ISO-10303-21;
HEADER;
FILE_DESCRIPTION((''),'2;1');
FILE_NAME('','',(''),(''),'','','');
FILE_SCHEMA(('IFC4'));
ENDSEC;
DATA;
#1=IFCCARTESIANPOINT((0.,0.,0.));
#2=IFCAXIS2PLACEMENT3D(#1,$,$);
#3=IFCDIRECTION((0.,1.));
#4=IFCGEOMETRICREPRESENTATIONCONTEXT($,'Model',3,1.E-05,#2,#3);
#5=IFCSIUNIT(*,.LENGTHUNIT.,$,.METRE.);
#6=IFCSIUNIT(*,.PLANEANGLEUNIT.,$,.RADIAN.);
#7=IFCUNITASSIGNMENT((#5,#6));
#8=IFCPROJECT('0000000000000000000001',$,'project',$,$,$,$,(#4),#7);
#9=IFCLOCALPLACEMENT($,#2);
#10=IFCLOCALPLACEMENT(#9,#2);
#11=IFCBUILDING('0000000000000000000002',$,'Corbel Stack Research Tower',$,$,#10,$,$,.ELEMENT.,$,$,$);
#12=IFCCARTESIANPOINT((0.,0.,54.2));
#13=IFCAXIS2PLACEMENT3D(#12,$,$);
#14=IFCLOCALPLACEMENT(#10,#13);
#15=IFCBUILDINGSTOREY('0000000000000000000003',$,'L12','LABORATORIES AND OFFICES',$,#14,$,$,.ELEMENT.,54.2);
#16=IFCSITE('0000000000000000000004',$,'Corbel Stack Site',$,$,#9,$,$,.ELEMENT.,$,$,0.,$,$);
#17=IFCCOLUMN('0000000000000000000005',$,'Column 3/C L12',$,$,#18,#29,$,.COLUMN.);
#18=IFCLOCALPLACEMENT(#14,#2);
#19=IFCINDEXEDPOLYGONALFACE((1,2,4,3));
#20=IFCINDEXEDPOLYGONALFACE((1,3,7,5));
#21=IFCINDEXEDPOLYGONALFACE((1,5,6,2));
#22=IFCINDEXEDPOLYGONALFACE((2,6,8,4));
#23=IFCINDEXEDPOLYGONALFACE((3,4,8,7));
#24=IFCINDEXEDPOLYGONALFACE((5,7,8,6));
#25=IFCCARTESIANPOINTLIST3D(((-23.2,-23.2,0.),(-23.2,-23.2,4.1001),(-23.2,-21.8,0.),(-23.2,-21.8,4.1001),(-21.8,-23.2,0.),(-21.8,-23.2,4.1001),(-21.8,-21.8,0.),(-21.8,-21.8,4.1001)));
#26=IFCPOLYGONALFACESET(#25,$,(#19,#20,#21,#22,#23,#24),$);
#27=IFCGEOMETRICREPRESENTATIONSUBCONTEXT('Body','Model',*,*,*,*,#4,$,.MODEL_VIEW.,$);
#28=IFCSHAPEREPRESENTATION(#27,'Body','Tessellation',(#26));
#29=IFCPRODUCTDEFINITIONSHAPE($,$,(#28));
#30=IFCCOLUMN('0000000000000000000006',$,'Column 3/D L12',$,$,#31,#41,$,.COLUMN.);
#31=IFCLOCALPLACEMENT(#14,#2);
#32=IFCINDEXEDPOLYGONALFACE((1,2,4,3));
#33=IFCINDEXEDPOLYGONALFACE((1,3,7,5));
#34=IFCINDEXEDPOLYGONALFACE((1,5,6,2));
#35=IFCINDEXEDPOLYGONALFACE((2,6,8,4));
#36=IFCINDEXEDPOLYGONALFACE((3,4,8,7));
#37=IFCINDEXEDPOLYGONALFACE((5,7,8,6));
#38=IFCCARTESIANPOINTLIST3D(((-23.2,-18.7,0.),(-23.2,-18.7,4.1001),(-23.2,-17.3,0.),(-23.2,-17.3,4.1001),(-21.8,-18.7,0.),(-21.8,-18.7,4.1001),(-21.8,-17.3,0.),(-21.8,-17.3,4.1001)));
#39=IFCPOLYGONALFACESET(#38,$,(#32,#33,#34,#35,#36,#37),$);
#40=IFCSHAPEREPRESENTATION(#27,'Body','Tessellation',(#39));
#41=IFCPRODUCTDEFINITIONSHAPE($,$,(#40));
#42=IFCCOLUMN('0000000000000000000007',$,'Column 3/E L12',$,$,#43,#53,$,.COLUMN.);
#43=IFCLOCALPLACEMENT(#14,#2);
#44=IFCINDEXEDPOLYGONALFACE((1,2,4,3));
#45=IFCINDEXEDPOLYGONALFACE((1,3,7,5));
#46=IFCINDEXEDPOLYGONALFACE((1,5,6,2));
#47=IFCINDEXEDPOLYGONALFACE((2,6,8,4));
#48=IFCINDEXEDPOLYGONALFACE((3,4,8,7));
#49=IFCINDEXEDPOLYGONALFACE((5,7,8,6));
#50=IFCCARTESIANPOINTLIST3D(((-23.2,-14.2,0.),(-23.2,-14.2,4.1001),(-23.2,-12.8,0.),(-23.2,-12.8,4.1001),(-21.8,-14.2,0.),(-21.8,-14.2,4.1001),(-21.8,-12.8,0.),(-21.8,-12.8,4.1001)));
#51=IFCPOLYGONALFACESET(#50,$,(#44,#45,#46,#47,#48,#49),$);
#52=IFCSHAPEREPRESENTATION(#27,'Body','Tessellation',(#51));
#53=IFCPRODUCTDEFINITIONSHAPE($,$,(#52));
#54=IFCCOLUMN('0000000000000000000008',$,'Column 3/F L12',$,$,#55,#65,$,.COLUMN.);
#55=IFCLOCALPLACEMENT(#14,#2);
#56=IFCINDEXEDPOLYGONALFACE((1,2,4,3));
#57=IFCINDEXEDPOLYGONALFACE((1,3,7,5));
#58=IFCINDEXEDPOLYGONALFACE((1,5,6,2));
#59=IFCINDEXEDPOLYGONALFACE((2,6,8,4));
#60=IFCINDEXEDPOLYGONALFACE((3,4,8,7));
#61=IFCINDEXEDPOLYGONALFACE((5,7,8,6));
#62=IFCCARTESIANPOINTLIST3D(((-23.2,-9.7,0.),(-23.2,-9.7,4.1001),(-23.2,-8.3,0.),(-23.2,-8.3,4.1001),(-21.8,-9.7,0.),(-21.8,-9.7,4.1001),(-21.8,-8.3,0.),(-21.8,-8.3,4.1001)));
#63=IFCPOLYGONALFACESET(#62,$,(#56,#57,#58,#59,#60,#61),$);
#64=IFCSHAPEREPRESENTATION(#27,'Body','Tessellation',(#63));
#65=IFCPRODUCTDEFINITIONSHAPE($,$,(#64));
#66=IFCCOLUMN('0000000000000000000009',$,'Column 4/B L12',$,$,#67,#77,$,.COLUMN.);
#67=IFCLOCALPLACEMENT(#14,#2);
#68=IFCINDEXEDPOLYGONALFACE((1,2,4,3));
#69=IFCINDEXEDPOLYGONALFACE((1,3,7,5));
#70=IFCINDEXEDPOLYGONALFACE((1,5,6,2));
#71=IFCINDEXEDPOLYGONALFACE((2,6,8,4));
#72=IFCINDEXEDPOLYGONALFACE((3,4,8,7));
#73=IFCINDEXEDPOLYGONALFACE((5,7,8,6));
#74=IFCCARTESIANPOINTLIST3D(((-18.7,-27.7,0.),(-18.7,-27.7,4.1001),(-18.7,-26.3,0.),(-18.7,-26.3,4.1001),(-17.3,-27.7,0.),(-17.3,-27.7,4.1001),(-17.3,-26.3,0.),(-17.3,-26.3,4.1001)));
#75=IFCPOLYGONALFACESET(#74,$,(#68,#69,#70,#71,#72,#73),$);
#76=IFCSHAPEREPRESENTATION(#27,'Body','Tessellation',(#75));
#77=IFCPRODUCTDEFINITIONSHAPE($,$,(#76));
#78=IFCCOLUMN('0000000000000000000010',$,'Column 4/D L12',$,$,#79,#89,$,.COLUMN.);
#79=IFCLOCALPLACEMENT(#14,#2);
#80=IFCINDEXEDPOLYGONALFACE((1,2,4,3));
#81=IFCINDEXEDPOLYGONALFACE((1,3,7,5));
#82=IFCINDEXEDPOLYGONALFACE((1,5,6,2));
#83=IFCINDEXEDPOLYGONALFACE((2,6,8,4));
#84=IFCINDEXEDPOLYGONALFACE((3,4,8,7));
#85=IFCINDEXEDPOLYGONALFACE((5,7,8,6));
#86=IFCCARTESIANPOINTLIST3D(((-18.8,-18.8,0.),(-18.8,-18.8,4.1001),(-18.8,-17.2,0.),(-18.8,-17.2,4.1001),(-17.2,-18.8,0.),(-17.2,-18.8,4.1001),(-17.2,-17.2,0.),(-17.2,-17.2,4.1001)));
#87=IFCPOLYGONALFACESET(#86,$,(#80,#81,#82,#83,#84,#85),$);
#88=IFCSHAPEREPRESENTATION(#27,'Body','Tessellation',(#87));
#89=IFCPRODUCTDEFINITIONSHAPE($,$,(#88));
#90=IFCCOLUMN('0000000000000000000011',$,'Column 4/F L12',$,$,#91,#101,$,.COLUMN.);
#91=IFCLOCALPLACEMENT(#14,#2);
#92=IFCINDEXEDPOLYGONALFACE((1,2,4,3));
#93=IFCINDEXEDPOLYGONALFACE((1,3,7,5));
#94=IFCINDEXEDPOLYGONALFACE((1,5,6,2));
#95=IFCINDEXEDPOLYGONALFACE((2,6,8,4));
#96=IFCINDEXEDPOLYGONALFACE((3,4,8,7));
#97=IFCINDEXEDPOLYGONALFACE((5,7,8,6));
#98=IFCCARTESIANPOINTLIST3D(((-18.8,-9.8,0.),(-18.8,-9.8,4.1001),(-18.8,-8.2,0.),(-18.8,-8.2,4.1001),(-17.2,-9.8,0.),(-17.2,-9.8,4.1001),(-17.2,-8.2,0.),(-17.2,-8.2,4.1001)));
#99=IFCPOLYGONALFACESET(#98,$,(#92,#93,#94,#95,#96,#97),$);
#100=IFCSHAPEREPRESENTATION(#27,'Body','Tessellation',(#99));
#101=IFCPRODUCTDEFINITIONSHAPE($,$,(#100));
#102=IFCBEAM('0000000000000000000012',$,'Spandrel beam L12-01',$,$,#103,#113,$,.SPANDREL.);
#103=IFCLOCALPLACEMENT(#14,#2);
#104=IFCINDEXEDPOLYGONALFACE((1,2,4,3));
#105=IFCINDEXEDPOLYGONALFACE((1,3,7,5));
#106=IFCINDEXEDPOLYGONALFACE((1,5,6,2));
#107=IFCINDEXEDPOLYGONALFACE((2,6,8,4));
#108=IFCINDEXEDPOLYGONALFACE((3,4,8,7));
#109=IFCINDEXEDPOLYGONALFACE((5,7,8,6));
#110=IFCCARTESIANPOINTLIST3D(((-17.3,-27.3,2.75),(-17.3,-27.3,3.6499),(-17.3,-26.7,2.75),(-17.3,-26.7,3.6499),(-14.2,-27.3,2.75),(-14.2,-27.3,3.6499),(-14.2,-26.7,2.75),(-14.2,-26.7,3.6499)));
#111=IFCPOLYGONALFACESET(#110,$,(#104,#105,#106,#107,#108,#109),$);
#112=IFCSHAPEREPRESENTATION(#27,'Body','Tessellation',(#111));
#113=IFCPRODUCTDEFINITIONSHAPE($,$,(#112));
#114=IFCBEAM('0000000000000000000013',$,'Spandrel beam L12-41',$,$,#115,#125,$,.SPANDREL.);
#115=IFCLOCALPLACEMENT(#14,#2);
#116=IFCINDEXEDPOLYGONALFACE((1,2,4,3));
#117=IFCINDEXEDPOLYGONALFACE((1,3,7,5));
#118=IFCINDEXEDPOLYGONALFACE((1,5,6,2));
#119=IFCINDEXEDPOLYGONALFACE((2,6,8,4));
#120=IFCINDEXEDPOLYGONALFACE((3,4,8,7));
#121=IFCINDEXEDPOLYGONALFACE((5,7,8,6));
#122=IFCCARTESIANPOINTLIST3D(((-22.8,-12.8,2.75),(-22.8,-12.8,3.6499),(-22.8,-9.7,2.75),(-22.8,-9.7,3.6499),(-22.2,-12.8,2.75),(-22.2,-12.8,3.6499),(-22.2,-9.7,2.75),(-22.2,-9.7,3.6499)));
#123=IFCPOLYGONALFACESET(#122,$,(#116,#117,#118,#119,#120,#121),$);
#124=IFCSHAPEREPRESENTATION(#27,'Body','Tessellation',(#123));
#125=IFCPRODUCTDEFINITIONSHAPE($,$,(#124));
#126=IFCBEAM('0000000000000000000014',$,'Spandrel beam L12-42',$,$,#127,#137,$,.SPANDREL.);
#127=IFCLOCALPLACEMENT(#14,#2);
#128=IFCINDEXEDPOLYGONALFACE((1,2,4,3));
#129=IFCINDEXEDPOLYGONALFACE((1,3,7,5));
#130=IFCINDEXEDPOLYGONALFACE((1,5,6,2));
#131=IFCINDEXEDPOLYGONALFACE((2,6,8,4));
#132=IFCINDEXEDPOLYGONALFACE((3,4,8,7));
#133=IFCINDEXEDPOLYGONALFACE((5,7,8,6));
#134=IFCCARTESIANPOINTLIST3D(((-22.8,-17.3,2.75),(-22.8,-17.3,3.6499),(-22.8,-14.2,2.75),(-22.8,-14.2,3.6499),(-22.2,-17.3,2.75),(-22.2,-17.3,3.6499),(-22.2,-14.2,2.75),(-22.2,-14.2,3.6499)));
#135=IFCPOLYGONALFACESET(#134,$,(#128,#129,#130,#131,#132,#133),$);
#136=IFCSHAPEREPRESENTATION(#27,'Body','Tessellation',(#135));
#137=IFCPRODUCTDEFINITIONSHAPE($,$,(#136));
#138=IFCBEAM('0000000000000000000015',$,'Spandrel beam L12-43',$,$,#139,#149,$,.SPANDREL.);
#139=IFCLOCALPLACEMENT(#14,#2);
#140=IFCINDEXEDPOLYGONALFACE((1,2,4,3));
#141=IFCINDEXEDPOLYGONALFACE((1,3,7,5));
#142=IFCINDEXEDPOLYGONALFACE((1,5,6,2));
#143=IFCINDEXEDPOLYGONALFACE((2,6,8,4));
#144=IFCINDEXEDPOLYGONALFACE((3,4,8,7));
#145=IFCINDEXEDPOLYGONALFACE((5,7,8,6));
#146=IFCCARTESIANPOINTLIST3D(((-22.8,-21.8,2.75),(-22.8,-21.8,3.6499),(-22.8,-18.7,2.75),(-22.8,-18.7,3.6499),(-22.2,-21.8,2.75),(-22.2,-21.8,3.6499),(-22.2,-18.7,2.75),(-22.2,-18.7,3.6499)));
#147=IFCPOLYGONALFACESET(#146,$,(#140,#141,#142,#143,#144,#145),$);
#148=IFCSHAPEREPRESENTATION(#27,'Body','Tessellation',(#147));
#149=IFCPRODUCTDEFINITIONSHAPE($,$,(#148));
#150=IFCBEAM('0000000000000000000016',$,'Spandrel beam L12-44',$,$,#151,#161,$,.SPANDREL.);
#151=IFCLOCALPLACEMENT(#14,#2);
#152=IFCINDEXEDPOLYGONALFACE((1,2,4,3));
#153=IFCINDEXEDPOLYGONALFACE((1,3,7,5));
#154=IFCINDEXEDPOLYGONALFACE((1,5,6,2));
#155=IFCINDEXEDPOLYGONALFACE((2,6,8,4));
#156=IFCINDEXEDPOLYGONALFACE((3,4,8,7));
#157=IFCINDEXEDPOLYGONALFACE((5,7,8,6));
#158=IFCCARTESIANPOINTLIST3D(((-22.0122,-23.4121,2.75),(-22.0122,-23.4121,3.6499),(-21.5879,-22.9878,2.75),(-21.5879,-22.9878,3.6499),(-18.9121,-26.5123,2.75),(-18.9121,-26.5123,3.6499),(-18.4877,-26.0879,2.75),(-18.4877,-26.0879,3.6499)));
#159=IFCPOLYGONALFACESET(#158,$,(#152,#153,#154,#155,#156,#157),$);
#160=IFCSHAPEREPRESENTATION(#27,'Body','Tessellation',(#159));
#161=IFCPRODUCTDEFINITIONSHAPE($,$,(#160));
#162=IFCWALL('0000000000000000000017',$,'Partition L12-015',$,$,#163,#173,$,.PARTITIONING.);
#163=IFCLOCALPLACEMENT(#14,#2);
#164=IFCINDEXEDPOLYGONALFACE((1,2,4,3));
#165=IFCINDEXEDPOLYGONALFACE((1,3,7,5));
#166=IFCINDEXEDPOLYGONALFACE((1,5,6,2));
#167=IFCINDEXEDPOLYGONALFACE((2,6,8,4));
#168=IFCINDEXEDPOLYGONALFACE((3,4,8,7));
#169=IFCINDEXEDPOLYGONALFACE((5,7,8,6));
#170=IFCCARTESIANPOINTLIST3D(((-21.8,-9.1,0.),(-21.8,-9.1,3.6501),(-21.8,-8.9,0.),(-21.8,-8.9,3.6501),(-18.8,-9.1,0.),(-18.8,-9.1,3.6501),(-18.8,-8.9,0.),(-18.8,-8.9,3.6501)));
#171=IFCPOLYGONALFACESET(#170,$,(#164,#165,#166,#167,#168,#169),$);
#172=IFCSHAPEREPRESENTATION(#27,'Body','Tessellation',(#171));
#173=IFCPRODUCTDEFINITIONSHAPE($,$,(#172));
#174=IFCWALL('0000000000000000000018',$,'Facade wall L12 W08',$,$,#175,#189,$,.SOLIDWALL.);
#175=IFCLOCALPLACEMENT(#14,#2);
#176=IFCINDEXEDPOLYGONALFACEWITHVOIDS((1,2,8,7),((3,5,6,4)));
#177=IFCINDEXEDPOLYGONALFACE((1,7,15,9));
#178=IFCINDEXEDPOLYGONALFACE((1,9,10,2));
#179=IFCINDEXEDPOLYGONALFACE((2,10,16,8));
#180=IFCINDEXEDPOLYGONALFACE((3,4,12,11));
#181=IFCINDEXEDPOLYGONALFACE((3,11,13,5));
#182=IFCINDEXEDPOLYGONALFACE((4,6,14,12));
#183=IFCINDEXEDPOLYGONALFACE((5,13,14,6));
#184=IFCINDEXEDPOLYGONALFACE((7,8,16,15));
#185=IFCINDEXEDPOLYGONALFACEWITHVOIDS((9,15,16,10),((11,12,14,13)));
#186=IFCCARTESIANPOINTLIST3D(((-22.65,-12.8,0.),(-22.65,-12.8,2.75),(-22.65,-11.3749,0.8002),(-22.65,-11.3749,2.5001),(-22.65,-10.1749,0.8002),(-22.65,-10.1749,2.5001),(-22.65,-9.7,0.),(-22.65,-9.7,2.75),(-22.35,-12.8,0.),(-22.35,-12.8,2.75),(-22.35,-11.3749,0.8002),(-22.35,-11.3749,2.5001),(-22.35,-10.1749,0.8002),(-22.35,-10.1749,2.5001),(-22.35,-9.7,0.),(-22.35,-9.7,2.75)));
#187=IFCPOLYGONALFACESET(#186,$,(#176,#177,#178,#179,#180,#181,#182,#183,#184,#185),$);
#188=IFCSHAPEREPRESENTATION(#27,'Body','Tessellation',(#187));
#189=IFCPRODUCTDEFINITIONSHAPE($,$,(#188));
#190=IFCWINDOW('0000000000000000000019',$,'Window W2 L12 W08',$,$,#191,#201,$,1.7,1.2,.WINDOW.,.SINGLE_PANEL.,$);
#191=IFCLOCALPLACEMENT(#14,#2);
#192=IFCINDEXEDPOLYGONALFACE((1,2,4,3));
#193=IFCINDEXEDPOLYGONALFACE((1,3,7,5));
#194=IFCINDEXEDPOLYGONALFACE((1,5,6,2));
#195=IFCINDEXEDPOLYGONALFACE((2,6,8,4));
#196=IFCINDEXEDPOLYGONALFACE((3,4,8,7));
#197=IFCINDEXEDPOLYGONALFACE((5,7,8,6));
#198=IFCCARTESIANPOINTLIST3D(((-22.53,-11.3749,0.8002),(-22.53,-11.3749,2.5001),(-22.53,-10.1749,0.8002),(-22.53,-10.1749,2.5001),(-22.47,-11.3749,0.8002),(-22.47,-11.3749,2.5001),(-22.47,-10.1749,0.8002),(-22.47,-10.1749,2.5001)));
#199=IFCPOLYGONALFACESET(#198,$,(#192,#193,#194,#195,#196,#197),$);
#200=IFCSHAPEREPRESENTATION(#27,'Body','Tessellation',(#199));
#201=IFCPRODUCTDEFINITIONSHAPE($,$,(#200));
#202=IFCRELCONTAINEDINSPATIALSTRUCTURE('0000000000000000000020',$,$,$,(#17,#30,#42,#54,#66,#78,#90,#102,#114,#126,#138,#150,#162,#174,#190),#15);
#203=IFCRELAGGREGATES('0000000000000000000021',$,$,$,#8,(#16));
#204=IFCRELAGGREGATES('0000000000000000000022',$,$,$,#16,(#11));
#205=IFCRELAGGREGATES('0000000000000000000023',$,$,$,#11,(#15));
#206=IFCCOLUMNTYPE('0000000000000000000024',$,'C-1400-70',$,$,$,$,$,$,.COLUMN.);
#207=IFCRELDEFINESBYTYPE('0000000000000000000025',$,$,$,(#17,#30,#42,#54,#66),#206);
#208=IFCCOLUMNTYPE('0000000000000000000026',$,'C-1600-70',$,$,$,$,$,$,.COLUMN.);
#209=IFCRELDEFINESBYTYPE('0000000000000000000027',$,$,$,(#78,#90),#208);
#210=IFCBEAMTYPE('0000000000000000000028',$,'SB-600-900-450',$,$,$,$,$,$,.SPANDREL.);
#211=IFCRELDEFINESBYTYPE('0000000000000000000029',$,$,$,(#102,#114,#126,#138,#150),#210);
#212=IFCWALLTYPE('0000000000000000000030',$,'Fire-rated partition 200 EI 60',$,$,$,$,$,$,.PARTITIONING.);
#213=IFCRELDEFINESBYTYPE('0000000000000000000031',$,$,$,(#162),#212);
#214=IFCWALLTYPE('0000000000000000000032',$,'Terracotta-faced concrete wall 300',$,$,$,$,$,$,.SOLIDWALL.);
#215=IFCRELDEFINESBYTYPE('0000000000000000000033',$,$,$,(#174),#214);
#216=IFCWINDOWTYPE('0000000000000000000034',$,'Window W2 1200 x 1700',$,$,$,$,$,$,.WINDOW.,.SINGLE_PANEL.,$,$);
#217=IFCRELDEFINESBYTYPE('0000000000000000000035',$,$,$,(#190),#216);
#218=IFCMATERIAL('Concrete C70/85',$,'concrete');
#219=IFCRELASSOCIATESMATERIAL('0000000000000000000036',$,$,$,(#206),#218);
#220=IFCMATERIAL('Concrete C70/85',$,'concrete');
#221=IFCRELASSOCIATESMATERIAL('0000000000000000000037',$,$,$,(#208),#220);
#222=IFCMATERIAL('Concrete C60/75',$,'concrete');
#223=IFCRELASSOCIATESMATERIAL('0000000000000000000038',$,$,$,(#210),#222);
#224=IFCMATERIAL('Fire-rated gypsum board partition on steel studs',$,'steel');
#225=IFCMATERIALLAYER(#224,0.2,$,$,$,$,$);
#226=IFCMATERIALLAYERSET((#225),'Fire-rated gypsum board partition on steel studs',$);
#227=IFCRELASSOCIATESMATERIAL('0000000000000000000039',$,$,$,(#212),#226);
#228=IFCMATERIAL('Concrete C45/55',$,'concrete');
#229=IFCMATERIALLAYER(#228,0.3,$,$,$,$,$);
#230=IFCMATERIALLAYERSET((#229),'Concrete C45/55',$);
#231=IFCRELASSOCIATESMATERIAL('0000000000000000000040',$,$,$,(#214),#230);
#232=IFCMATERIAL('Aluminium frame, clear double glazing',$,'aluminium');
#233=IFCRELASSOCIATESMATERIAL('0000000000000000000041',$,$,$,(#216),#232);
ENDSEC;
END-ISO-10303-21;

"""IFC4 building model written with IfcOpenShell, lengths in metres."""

from ifc_helpers import new_model, si_unit, direction, frame, frame_2d, origin, origin_2d, place, context, subcontext, project, spatial, rectangle, extrude, material, layer, layer_set, material_profile, profile_set, type_object, element, fill, save


model = new_model("IFC4")

# Units and contexts
model_context = context("Model", 3, precision=1e-05, world=origin(), true_north=direction((0.0, 1.0)))
body_context = subcontext(model_context, "Body", "Model", "MODEL_VIEW")
ifc_project = project(units=[si_unit("LENGTHUNIT", "METRE"), si_unit("PLANEANGLEUNIT", "RADIAN")], contexts=[model_context])

# Site, building, storey
site_placement = place(None, origin())
site = spatial("IfcSite", under=ifc_project, at=site_placement, Name="Corbel Stack Site", CompositionType="ELEMENT", RefElevation=0.0)
building_placement = place(site_placement, origin())
building = spatial("IfcBuilding", under=site, at=building_placement, Name="Corbel Stack Research Tower", CompositionType="ELEMENT")
storey_placement = place(building_placement, frame((0.0, 0.0, 54.2)))
storey = spatial("IfcBuildingStorey", under=building, at=storey_placement, Name="L12", Description="LABORATORIES AND OFFICES", CompositionType="ELEMENT", Elevation=54.2)

# Columns
ifc_material_1 = material(Name="Concrete C70/85", Category="concrete")
ifc_material_profile_1 = material_profile(ifc_material_1, rectangle(XDim=1.3999, YDim=1.3999, at=origin_2d()), Name="RC 1400 x 1400")
ifc_profile_set_1 = profile_set([ifc_material_profile_1], Name="Concrete C70/85")
column_type_1 = type_object("IfcColumnType", Name="C-1400-70", PredefinedType="COLUMN", material=ifc_profile_set_1)
for number, where, z_axis, x_axis, name in (
    (1, (-22.5, -22.5, 0.0), (0.0, 0.0, 1.0), (1.0, 0.0, 0.0), "Column 3/C L12"),
    (2, (-22.5, -18.0, 0.0), (0.0, 0.0, 1.0), (1.0, 0.0, 0.0), "Column 3/D L12"),
    (3, (-22.5, -13.5, 0.0), (0.0, 0.0, 1.0), (1.0, 0.0, 0.0), "Column 3/E L12"),
    (4, (-22.5, -9.0, 0.0), (0.0, 0.0, 1.0), (1.0, 0.0, 0.0), "Column 3/F L12"),
    (5, (-18.0, -27.0, 0.0), (0.0, 0.0, 1.0), (1.0, 0.0, 0.0), "Column 4/B L12"),
):
    element("IfcColumn", number, at=place(storey_placement, frame(where, z_axis=z_axis, x_axis=x_axis)), inside=storey, type_object=column_type_1, Name=name, PredefinedType="COLUMN", context=body_context, shape_type="SweptSolid", body=[
        extrude(rectangle(XDim=1.3999, YDim=1.3999, at=origin_2d()), origin(), (0.0, 0.0, 1.0), 4.1001),
    ])
ifc_material_2 = material(Name="Concrete C70/85", Category="concrete")
ifc_material_profile_2 = material_profile(ifc_material_2, rectangle(XDim=1.6001, YDim=1.6001, at=origin_2d()), Name="RC 1600 x 1600")
ifc_profile_set_2 = profile_set([ifc_material_profile_2], Name="Concrete C70/85")
column_type_2 = type_object("IfcColumnType", Name="C-1600-70", PredefinedType="COLUMN", material=ifc_profile_set_2)
for number, where, z_axis, x_axis, name in (
    (6, (-18.0, -18.0, 0.0), (0.0, 0.0, 1.0), (1.0, 0.0, 0.0), "Column 4/D L12"),
    (7, (-18.0, -9.0, 0.0), (0.0, 0.0, 1.0), (1.0, 0.0, 0.0), "Column 4/F L12"),
):
    element("IfcColumn", number, at=place(storey_placement, frame(where, z_axis=z_axis, x_axis=x_axis)), inside=storey, type_object=column_type_2, Name=name, PredefinedType="COLUMN", context=body_context, shape_type="SweptSolid", body=[
        extrude(rectangle(XDim=1.6001, YDim=1.6001, at=origin_2d()), origin(), (0.0, 0.0, 1.0), 4.1001),
    ])

# Beams
ifc_material_3 = material(Name="Concrete C60/75", Category="concrete")
ifc_material_profile_3 = material_profile(ifc_material_3, rectangle(XDim=0.6001, YDim=0.8999, at=origin_2d()), Name="RC 600 x 900")
ifc_profile_set_3 = profile_set([ifc_material_profile_3], Name="Concrete C60/75")
beam_type = type_object("IfcBeamType", Name="SB-600-900-450", PredefinedType="SPANDREL", material=ifc_profile_set_3)
for number, where, z_axis, x_axis, name in (
    (8, (-17.3, -27.0, 3.2), (1.0, 0.0, 0.0), (0.0, 1.0, 0.0), "Spandrel beam L12-01"),
    (9, (-22.5, -9.7, 3.2), (0.0, -1.0, 0.0), (1.0, 0.0, 0.0), "Spandrel beam L12-41"),
    (10, (-22.5, -14.2, 3.2), (0.0, -1.0, 0.0), (1.0, 0.0, 0.0), "Spandrel beam L12-42"),
    (11, (-22.5, -18.7, 3.2), (0.0, -1.0, 0.0), (1.0, 0.0, 0.0), "Spandrel beam L12-43"),
):
    element("IfcBeam", number, at=place(storey_placement, frame(where, z_axis=z_axis, x_axis=x_axis)), inside=storey, type_object=beam_type, Name=name, PredefinedType="SPANDREL", context=body_context, shape_type="SweptSolid", body=[
        extrude(rectangle(XDim=0.6001, YDim=0.8999, at=origin_2d()), origin(), (0.0, 0.0, 1.0), 3.1001),
    ])
beam_placement = place(storey_placement, frame((-21.8, -23.2, 3.2), z_axis=(0.707107, -0.707107, 0.0), x_axis=(0.707107, 0.707107, 0.0)))
element("IfcBeam", 12, at=beam_placement, inside=storey, type_object=beam_type, Name="Spandrel beam L12-44", PredefinedType="SPANDREL", context=body_context, shape_type="SweptSolid", body=[
    extrude(rectangle(XDim=0.6001, YDim=0.8999, at=origin_2d()), origin(), (0.0, 0.0, 1.0), 4.3843),
])

# Wall
ifc_material_4 = material(Name="Fire-rated gypsum board partition on steel studs", Category="steel")
ifc_layer_1 = layer(ifc_material_4, 0.2)
ifc_layer_set_1 = layer_set([ifc_layer_1], Name="Fire-rated gypsum board partition on steel studs")
wall_type_1 = type_object("IfcWallType", Name="Fire-rated partition 200 EI 60", PredefinedType="PARTITIONING", material=ifc_layer_set_1)
wall_1_placement = place(storey_placement, frame((-21.8, -9.0, 0.0), z_axis=(0.0, 0.0, 1.0), x_axis=(1.0, 0.0, 0.0)))
element("IfcWall", 13, at=wall_1_placement, inside=storey, type_object=wall_type_1, Name="Partition L12-015", PredefinedType="PARTITIONING", context=body_context, shape_type="SweptSolid", body=[
    extrude(rectangle(XDim=3.0, YDim=0.2, at=frame_2d((1.5, 0.0))), origin(), (0.0, 0.0, 1.0), 3.6501),
])

# Wall, opening, window
ifc_material_5 = material(Name="Concrete C45/55", Category="concrete")
ifc_layer_2 = layer(ifc_material_5, 0.3)
ifc_layer_set_2 = layer_set([ifc_layer_2], Name="Concrete C45/55")
wall_type_2 = type_object("IfcWallType", Name="Terracotta-faced concrete wall 300", PredefinedType="SOLIDWALL", material=ifc_layer_set_2)
wall_2_placement = place(storey_placement, frame((-22.5, -12.8, 0.0), z_axis=(0.0, 0.0, 1.0), x_axis=(0.0, 1.0, 0.0)))
wall_2 = element("IfcWall", 14, at=wall_2_placement, inside=storey, type_object=wall_type_2, Name="Facade wall L12 W08", PredefinedType="SOLIDWALL", context=body_context, shape_type="SweptSolid", body=[
    extrude(rectangle(XDim=3.1001, YDim=0.3, at=frame_2d((1.55, 0.0))), origin(), (0.0, 0.0, 1.0), 2.75),
])
opening_1_placement = place(wall_2_placement, frame((1.425, 0.0, 0.8)))
opening_1 = element("IfcOpeningElement", 15, at=opening_1_placement, cuts=wall_2, PredefinedType="OPENING", context=body_context, shape_type="SweptSolid", body=[
    extrude(rectangle(XDim=1.2, YDim=1.7, at=frame_2d((0.6001, 0.8501))), frame((0.0, 0.1599, 0.0), z_axis=(0.0, -1.0, 0.0), x_axis=(1.0, 0.0, 0.0)), (0.0, 0.0, 1.0), 0.3201),
])
ifc_material_6 = material(Name="Aluminium frame, clear double glazing", Category="aluminium")
window_type = type_object("IfcWindowType", Name="Window W2 1200 x 1700", PartitioningType="SINGLE_PANEL", PredefinedType="WINDOW", material=ifc_material_6)
window_1_placement = place(opening_1_placement, origin())
window_1 = element("IfcWindow", 16, at=window_1_placement, inside=storey, type_object=window_type, Name="Window W2 L12 W08", OverallHeight=1.7, OverallWidth=1.2, PartitioningType="SINGLE_PANEL", PredefinedType="WINDOW", context=body_context, shape_type="SweptSolid", body=[
    extrude(rectangle(XDim=1.2, YDim=1.7, at=frame_2d((0.6001, 0.8501))), frame((0.0, 0.03, 0.0), z_axis=(0.0, -1.0, 0.0), x_axis=(1.0, 0.0, 0.0)), (0.0, 0.0, 1.0), 0.0601),
])
fill(opening_1, window_1)

save(model, "model.ifc")
